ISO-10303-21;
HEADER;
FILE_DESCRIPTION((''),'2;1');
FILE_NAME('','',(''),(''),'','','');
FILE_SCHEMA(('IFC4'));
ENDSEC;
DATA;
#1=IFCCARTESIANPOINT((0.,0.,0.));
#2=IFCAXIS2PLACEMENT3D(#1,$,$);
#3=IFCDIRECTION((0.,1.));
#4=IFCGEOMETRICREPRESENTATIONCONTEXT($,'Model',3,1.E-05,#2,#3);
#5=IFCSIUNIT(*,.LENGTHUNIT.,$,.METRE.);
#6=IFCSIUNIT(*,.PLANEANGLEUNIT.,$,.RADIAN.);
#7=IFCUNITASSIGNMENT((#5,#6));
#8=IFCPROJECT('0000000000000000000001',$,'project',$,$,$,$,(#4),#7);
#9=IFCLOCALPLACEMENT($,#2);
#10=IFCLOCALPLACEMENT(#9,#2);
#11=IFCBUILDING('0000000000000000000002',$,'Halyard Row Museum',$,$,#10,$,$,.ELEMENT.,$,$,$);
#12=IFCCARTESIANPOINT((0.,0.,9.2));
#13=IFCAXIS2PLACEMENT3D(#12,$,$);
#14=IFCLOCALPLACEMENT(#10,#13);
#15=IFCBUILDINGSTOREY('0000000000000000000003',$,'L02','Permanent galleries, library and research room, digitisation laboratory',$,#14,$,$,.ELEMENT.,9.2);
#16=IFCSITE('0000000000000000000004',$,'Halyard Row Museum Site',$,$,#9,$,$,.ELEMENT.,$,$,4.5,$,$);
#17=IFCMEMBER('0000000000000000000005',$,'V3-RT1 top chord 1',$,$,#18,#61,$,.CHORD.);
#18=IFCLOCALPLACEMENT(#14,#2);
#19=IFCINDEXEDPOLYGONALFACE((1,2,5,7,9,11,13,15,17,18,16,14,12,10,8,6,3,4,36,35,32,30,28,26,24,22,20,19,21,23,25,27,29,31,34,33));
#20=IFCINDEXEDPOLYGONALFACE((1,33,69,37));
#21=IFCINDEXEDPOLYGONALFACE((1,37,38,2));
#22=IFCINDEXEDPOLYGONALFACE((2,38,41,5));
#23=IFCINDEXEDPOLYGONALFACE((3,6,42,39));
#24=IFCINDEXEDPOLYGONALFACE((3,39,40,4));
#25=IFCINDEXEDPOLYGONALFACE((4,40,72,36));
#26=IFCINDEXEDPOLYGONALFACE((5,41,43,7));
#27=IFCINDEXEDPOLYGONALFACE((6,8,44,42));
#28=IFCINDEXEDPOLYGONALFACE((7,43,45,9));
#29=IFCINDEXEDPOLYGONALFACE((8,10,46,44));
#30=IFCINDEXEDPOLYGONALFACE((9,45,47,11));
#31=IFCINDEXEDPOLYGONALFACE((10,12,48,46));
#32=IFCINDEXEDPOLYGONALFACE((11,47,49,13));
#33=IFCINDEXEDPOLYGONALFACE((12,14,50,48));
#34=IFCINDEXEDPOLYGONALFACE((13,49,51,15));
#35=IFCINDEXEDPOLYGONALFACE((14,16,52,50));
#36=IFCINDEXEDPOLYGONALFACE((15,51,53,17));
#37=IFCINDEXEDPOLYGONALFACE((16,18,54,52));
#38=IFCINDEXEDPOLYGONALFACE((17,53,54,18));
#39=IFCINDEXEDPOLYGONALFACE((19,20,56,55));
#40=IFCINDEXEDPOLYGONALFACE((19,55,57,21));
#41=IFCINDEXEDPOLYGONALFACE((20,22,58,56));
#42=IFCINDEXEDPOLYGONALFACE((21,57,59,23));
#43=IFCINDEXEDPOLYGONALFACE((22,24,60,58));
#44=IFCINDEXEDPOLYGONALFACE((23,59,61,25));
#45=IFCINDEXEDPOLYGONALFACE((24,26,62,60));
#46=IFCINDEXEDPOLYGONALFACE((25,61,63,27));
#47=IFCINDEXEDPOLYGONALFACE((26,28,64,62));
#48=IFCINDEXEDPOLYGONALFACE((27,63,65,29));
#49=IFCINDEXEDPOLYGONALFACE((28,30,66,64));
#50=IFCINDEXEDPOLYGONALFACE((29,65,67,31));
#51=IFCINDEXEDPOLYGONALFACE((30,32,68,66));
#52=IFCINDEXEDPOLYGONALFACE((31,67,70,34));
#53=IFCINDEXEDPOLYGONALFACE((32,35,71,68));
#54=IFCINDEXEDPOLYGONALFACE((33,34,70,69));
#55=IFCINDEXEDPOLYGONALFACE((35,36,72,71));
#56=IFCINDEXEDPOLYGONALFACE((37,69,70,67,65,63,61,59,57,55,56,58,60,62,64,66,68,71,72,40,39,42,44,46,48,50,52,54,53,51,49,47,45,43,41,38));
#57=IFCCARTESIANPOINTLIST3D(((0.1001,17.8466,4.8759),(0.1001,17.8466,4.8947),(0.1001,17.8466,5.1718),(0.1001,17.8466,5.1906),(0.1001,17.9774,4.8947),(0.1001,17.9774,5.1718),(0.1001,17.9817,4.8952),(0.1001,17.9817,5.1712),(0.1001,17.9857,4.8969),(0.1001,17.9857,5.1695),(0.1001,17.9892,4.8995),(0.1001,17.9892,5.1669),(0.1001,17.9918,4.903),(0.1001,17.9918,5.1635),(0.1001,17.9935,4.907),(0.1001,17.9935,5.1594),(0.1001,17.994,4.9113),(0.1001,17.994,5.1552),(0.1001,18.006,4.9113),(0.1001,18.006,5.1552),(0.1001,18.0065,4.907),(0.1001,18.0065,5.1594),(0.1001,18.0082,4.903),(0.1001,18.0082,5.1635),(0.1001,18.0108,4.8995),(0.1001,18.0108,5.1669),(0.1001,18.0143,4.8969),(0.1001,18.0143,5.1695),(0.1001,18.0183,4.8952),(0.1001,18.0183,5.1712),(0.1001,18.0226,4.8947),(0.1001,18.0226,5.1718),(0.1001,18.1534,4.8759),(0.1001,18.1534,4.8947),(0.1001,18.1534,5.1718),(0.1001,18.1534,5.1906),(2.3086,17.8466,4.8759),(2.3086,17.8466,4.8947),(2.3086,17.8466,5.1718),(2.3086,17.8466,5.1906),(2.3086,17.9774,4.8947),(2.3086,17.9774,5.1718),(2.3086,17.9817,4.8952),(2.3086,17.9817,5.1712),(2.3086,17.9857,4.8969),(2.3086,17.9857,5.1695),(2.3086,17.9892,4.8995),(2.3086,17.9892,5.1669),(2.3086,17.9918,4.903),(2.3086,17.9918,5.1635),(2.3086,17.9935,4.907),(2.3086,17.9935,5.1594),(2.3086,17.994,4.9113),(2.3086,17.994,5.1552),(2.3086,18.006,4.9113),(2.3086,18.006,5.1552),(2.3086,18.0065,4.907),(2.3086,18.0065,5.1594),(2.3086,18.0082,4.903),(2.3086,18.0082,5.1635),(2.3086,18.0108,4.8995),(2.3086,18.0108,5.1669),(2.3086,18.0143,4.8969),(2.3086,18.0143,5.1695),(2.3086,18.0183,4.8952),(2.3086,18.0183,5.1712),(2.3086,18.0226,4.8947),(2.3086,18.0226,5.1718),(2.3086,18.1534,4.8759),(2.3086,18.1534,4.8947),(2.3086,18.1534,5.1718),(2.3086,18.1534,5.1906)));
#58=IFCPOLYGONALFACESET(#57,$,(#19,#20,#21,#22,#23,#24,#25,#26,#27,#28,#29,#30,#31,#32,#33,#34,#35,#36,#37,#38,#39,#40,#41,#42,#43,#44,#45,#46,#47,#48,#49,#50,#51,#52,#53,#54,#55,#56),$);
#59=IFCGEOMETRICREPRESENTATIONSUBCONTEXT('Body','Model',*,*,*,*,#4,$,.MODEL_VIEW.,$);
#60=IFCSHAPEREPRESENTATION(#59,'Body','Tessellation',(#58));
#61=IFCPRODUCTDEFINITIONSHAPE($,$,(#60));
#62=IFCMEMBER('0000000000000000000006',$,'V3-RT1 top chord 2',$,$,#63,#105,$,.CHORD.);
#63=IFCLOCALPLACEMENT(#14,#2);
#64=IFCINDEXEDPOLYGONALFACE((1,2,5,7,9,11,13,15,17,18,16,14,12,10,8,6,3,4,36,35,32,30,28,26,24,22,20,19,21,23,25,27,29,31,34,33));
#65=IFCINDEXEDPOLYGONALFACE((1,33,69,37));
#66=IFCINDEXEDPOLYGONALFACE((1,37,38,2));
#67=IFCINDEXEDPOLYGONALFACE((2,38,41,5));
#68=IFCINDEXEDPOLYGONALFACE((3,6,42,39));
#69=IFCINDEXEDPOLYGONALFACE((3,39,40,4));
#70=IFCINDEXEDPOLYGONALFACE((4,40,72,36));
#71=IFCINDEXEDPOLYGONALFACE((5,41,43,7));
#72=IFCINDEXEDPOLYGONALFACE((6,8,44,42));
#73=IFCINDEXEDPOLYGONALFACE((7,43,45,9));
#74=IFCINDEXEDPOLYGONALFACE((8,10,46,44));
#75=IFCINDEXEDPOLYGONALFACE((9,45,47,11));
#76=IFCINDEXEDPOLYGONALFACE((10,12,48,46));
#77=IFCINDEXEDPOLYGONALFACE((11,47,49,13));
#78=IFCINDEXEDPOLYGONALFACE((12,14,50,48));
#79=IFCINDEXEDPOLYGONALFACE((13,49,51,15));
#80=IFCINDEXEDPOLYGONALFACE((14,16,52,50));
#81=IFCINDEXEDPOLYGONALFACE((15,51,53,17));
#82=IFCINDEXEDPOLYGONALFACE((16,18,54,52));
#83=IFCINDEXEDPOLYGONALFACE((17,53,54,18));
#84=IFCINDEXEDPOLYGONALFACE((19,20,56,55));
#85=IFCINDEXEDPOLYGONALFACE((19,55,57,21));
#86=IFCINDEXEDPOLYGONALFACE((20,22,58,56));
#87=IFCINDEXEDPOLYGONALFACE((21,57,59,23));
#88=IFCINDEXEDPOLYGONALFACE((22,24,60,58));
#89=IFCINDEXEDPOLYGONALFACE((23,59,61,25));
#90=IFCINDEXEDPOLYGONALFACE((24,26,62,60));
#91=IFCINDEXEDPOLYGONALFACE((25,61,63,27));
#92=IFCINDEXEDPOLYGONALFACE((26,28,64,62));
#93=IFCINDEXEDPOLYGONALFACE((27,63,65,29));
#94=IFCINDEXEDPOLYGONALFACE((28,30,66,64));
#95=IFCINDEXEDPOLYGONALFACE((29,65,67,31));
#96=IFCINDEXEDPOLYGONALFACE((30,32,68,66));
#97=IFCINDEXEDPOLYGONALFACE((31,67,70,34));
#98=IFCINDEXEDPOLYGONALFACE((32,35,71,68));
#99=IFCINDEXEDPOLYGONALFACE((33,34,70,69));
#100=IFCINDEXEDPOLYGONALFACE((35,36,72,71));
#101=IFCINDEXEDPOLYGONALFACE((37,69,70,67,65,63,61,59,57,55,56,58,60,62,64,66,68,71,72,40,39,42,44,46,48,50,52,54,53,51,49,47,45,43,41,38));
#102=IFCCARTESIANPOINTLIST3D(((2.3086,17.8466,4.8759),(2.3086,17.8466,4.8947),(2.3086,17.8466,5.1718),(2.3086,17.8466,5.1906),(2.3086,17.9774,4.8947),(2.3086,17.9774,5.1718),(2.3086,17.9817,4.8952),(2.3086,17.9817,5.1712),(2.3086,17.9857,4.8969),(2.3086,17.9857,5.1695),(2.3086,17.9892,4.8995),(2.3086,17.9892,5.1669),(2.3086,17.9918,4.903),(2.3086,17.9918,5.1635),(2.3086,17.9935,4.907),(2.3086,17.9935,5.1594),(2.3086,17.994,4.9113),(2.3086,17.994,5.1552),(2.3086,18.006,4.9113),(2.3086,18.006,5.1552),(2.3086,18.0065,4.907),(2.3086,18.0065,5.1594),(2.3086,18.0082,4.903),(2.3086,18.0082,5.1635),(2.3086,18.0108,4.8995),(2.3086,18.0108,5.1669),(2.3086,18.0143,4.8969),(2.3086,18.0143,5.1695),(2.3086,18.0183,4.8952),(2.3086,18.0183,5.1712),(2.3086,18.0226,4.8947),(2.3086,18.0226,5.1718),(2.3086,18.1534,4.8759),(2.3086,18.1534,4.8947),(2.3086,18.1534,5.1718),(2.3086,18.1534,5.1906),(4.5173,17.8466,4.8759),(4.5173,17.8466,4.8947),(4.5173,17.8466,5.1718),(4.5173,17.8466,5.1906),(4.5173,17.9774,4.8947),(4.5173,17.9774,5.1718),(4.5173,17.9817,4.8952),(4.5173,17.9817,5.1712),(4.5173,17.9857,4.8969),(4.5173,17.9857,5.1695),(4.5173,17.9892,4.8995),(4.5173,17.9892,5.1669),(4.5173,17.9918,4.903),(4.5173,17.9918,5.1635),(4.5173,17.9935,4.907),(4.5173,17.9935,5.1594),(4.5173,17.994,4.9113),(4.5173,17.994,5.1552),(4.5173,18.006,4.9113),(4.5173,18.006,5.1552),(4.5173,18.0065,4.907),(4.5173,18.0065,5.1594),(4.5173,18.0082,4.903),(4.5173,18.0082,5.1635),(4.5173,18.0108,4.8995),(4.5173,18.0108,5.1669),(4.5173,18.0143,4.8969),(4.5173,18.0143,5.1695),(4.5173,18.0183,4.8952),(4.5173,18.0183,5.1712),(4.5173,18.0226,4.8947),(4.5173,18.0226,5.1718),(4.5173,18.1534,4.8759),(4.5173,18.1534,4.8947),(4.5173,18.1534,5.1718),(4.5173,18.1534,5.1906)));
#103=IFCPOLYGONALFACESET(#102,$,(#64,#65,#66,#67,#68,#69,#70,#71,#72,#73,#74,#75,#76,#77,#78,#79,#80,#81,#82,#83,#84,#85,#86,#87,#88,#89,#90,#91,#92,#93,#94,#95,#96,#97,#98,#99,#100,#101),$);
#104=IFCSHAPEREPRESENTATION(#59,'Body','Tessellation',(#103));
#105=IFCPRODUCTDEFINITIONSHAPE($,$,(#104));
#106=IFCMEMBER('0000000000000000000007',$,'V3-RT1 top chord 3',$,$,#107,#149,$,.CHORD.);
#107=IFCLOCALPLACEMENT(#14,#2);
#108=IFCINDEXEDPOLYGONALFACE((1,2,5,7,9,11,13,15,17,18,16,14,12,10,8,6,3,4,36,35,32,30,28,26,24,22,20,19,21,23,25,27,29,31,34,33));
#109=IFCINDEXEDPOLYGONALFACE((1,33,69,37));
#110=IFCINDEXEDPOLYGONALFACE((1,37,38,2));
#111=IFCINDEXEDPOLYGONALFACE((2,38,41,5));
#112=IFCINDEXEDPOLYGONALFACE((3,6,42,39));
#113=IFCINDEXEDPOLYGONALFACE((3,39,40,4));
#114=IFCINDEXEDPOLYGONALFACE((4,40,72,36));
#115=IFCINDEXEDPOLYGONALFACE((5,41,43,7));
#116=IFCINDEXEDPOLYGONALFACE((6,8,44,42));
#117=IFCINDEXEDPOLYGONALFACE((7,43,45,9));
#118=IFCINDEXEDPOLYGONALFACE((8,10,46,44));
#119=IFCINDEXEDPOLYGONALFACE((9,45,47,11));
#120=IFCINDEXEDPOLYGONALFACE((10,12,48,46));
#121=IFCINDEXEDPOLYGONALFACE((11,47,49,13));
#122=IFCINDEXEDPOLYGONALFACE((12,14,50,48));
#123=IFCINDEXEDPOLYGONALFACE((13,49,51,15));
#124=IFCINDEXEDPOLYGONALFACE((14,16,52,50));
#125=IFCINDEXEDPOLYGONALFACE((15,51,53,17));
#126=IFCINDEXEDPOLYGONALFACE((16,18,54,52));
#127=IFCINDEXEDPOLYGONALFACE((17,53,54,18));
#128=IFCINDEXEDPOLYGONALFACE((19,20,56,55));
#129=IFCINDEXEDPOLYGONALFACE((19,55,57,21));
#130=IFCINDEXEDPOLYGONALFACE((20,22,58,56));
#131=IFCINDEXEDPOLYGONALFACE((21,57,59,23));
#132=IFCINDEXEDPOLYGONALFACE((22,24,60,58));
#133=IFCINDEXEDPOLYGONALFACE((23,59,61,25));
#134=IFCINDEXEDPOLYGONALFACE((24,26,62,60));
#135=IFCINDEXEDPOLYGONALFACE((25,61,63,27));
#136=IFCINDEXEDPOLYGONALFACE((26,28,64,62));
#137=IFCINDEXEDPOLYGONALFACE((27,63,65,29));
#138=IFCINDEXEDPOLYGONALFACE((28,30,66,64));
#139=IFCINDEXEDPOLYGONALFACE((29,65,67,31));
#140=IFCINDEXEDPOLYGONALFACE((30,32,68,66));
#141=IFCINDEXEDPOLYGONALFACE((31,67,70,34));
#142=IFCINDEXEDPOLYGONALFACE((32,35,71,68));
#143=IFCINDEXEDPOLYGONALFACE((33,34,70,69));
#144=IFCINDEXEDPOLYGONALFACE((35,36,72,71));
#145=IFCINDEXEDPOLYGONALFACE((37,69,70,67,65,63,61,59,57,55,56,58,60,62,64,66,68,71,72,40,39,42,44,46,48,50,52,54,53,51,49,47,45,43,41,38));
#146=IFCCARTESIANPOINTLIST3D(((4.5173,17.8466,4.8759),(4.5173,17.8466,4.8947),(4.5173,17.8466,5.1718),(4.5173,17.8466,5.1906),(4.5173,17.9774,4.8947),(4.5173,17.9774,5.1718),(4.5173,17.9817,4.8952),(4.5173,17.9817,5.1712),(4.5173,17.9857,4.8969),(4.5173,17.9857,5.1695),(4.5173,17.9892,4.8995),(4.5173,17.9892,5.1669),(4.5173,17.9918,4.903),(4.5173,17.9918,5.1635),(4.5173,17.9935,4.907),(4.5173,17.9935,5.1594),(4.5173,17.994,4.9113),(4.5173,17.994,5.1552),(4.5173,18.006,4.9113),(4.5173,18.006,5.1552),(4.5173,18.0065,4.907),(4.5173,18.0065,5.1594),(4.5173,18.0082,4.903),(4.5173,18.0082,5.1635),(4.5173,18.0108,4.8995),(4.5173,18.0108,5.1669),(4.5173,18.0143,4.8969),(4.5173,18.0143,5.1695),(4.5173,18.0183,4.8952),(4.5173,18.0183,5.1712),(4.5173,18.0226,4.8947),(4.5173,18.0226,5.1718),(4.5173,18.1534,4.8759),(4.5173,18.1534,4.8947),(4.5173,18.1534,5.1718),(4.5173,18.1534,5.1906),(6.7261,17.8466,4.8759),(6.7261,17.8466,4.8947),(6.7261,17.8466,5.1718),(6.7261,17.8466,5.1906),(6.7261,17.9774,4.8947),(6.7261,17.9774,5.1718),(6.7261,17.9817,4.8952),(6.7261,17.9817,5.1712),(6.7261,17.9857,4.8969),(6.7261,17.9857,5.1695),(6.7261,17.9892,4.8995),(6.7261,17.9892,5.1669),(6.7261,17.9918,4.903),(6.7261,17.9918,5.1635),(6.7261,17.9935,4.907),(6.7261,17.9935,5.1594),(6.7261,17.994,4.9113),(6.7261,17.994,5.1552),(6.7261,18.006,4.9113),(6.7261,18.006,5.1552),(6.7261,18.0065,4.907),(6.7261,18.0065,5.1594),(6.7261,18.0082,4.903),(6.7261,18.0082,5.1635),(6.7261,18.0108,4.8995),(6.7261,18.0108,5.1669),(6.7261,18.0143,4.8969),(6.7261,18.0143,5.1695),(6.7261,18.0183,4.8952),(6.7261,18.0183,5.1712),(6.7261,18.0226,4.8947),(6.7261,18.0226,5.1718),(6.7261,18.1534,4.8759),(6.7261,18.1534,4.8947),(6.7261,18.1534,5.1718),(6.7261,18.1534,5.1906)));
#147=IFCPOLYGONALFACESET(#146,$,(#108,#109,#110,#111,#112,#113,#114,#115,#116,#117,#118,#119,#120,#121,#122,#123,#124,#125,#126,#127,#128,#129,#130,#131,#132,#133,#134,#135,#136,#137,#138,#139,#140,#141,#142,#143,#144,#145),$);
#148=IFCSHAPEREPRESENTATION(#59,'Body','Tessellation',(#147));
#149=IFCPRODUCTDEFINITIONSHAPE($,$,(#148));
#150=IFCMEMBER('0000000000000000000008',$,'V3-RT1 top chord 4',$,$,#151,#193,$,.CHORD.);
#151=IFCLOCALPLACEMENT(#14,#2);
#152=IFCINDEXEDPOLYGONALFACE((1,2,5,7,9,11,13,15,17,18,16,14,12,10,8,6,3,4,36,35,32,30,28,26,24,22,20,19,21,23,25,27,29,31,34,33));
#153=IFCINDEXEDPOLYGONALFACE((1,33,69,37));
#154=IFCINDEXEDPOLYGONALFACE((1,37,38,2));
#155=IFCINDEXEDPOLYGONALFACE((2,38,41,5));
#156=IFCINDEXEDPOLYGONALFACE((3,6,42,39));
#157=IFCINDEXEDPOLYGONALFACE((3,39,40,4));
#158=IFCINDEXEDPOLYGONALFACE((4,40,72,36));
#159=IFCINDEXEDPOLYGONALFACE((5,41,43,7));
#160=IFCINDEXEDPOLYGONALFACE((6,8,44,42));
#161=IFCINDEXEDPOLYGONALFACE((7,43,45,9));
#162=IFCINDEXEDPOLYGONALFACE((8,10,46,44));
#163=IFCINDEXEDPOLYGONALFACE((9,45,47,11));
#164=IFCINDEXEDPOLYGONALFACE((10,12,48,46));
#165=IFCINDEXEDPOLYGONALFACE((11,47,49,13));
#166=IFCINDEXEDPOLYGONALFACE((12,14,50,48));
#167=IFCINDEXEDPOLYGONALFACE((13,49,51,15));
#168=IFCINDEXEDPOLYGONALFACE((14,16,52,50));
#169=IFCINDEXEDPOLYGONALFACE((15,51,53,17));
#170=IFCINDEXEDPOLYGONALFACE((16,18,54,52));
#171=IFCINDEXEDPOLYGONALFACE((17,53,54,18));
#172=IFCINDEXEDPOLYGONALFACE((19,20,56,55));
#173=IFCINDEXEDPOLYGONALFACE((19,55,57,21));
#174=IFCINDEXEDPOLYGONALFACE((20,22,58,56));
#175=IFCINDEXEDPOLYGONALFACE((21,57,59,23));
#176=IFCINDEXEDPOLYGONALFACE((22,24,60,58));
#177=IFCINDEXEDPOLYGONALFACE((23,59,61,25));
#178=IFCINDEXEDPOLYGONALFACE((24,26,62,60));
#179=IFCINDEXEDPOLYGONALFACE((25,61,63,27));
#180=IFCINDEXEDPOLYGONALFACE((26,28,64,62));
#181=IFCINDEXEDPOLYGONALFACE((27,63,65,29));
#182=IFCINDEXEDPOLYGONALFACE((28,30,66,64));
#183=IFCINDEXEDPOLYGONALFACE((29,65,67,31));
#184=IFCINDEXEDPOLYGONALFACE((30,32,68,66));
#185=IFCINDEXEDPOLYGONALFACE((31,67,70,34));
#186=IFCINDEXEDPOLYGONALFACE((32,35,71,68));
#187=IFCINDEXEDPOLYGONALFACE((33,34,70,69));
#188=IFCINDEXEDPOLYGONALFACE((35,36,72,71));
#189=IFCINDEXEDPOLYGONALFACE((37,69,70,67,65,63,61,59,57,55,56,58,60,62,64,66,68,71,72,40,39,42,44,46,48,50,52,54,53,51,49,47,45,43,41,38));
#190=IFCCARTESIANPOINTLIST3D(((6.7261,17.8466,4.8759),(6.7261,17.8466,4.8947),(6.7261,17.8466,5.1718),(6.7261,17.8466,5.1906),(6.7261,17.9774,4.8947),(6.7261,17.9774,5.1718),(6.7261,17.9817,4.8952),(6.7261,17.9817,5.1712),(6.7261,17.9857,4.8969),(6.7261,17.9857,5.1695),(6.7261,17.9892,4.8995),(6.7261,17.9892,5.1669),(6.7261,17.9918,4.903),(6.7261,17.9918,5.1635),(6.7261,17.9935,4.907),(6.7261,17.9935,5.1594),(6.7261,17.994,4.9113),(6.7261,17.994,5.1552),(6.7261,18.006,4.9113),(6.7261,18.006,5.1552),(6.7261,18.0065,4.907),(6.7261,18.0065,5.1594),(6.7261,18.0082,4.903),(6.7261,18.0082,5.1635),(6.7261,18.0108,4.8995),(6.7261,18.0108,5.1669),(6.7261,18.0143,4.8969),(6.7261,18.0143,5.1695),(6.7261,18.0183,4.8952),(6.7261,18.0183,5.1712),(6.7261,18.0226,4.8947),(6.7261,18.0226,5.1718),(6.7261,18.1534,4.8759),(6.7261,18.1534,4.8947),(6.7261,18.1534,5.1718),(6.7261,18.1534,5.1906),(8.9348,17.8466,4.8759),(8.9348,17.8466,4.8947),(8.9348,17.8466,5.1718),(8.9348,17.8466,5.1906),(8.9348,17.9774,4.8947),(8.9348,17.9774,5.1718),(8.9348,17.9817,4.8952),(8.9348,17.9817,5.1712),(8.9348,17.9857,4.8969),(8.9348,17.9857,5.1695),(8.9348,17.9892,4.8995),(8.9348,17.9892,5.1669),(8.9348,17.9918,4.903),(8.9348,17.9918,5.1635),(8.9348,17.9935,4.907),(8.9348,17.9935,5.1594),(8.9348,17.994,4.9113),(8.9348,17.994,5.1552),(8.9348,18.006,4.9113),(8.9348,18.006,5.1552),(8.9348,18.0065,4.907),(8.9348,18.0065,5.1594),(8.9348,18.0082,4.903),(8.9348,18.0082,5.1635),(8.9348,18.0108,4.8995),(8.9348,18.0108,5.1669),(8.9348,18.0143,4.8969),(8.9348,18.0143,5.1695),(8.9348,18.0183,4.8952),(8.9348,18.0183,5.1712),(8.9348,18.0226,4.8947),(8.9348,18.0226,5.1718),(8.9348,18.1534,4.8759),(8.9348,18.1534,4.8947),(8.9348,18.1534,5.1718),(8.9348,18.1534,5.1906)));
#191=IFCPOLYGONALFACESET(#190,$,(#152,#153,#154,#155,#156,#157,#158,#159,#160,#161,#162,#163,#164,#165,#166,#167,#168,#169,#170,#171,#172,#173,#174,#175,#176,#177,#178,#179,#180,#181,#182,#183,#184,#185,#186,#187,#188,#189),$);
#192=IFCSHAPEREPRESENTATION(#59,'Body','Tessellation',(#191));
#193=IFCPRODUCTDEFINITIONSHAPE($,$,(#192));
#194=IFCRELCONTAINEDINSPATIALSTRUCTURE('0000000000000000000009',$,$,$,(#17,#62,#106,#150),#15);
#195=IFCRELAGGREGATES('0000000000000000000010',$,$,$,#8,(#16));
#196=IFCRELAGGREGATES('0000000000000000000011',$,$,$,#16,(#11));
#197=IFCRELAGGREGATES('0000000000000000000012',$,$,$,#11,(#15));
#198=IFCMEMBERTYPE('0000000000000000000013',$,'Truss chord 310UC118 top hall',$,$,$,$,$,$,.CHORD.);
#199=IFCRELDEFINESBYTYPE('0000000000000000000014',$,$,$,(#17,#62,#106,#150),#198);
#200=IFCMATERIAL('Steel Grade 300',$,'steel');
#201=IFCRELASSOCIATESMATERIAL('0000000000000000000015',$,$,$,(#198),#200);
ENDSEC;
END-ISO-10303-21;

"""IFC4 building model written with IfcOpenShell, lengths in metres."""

from ifc_helpers import new_model, si_unit, direction, frame, origin, origin_2d, place, context, subcontext, project, spatial, i_section, extrude, material, material_profile, profile_set, type_object, element, save


model = new_model("IFC4")

# Units and contexts
model_context = context("Model", 3, precision=1e-05, world=origin(), true_north=direction((0.0, 1.0)))
body_context = subcontext(model_context, "Body", "Model", "MODEL_VIEW")
ifc_project = project(units=[si_unit("LENGTHUNIT", "METRE"), si_unit("PLANEANGLEUNIT", "RADIAN")], contexts=[model_context])

# Site, building, storey
site_placement = place(None, origin())
site = spatial("IfcSite", under=ifc_project, at=site_placement, Name="Halyard Row Museum Site", CompositionType="ELEMENT", RefElevation=4.5)
building_placement = place(site_placement, origin())
building = spatial("IfcBuilding", under=site, at=building_placement, Name="Halyard Row Museum", CompositionType="ELEMENT")
storey_placement = place(building_placement, frame((0.0, 0.0, 9.2)))
storey = spatial("IfcBuildingStorey", under=building, at=storey_placement, Name="L02", Description="Permanent galleries, library and research room, digitisation laboratory", CompositionType="ELEMENT", Elevation=9.2)

# Members
ifc_material_1 = material(Name="Steel Grade 300", Category="steel")
ifc_material_profile_1 = material_profile(ifc_material_1, i_section(OverallWidth=0.3069, OverallDepth=0.3147, WebThickness=0.012, FlangeThickness=0.0188, FilletRadius=0.0166, at=origin_2d()), Name="310UC118")
ifc_profile_set_1 = profile_set([ifc_material_profile_1], Name="Steel Grade 300")
member_type_1 = type_object("IfcMemberType", Name="Truss chord 310UC118 top hall", PredefinedType="CHORD", material=ifc_profile_set_1)
member_1_placement = place(storey_placement, frame((0.1001, 18.0, 5.0332), z_axis=(1.0, 0.0, 0.0), x_axis=(0.0, 1.0, 0.0)))
element("IfcMember", 1, at=member_1_placement, inside=storey, type_object=member_type_1, Name="V3-RT1 top chord 1", PredefinedType="CHORD", context=body_context, shape_type="SweptSolid", body=[
    extrude(i_section(OverallWidth=0.3069, OverallDepth=0.3147, WebThickness=0.012, FlangeThickness=0.0188, FilletRadius=0.0166, at=origin_2d()), origin(), (0.0, 0.0, 1.0), 2.2085),
])
for number, where, z_axis, x_axis, name in (
    (2, (2.3086, 18.0, 5.0332), (1.0, 0.0, 0.0), (0.0, 1.0, 0.0), "V3-RT1 top chord 2"),
    (3, (4.5173, 18.0, 5.0332), (1.0, 0.0, 0.0), (0.0, 1.0, 0.0), "V3-RT1 top chord 3"),
    (4, (6.7261, 18.0, 5.0332), (1.0, 0.0, 0.0), (0.0, 1.0, 0.0), "V3-RT1 top chord 4"),
):
    element("IfcMember", number, at=place(storey_placement, frame(where, z_axis=z_axis, x_axis=x_axis)), inside=storey, type_object=member_type_1, Name=name, PredefinedType="CHORD", context=body_context, shape_type="SweptSolid", body=[
        extrude(i_section(OverallWidth=0.3069, OverallDepth=0.3147, WebThickness=0.012, FlangeThickness=0.0188, FilletRadius=0.0166, at=origin_2d()), origin(), (0.0, 0.0, 1.0), 2.2087),
    ])

save(model, "model.ifc")
